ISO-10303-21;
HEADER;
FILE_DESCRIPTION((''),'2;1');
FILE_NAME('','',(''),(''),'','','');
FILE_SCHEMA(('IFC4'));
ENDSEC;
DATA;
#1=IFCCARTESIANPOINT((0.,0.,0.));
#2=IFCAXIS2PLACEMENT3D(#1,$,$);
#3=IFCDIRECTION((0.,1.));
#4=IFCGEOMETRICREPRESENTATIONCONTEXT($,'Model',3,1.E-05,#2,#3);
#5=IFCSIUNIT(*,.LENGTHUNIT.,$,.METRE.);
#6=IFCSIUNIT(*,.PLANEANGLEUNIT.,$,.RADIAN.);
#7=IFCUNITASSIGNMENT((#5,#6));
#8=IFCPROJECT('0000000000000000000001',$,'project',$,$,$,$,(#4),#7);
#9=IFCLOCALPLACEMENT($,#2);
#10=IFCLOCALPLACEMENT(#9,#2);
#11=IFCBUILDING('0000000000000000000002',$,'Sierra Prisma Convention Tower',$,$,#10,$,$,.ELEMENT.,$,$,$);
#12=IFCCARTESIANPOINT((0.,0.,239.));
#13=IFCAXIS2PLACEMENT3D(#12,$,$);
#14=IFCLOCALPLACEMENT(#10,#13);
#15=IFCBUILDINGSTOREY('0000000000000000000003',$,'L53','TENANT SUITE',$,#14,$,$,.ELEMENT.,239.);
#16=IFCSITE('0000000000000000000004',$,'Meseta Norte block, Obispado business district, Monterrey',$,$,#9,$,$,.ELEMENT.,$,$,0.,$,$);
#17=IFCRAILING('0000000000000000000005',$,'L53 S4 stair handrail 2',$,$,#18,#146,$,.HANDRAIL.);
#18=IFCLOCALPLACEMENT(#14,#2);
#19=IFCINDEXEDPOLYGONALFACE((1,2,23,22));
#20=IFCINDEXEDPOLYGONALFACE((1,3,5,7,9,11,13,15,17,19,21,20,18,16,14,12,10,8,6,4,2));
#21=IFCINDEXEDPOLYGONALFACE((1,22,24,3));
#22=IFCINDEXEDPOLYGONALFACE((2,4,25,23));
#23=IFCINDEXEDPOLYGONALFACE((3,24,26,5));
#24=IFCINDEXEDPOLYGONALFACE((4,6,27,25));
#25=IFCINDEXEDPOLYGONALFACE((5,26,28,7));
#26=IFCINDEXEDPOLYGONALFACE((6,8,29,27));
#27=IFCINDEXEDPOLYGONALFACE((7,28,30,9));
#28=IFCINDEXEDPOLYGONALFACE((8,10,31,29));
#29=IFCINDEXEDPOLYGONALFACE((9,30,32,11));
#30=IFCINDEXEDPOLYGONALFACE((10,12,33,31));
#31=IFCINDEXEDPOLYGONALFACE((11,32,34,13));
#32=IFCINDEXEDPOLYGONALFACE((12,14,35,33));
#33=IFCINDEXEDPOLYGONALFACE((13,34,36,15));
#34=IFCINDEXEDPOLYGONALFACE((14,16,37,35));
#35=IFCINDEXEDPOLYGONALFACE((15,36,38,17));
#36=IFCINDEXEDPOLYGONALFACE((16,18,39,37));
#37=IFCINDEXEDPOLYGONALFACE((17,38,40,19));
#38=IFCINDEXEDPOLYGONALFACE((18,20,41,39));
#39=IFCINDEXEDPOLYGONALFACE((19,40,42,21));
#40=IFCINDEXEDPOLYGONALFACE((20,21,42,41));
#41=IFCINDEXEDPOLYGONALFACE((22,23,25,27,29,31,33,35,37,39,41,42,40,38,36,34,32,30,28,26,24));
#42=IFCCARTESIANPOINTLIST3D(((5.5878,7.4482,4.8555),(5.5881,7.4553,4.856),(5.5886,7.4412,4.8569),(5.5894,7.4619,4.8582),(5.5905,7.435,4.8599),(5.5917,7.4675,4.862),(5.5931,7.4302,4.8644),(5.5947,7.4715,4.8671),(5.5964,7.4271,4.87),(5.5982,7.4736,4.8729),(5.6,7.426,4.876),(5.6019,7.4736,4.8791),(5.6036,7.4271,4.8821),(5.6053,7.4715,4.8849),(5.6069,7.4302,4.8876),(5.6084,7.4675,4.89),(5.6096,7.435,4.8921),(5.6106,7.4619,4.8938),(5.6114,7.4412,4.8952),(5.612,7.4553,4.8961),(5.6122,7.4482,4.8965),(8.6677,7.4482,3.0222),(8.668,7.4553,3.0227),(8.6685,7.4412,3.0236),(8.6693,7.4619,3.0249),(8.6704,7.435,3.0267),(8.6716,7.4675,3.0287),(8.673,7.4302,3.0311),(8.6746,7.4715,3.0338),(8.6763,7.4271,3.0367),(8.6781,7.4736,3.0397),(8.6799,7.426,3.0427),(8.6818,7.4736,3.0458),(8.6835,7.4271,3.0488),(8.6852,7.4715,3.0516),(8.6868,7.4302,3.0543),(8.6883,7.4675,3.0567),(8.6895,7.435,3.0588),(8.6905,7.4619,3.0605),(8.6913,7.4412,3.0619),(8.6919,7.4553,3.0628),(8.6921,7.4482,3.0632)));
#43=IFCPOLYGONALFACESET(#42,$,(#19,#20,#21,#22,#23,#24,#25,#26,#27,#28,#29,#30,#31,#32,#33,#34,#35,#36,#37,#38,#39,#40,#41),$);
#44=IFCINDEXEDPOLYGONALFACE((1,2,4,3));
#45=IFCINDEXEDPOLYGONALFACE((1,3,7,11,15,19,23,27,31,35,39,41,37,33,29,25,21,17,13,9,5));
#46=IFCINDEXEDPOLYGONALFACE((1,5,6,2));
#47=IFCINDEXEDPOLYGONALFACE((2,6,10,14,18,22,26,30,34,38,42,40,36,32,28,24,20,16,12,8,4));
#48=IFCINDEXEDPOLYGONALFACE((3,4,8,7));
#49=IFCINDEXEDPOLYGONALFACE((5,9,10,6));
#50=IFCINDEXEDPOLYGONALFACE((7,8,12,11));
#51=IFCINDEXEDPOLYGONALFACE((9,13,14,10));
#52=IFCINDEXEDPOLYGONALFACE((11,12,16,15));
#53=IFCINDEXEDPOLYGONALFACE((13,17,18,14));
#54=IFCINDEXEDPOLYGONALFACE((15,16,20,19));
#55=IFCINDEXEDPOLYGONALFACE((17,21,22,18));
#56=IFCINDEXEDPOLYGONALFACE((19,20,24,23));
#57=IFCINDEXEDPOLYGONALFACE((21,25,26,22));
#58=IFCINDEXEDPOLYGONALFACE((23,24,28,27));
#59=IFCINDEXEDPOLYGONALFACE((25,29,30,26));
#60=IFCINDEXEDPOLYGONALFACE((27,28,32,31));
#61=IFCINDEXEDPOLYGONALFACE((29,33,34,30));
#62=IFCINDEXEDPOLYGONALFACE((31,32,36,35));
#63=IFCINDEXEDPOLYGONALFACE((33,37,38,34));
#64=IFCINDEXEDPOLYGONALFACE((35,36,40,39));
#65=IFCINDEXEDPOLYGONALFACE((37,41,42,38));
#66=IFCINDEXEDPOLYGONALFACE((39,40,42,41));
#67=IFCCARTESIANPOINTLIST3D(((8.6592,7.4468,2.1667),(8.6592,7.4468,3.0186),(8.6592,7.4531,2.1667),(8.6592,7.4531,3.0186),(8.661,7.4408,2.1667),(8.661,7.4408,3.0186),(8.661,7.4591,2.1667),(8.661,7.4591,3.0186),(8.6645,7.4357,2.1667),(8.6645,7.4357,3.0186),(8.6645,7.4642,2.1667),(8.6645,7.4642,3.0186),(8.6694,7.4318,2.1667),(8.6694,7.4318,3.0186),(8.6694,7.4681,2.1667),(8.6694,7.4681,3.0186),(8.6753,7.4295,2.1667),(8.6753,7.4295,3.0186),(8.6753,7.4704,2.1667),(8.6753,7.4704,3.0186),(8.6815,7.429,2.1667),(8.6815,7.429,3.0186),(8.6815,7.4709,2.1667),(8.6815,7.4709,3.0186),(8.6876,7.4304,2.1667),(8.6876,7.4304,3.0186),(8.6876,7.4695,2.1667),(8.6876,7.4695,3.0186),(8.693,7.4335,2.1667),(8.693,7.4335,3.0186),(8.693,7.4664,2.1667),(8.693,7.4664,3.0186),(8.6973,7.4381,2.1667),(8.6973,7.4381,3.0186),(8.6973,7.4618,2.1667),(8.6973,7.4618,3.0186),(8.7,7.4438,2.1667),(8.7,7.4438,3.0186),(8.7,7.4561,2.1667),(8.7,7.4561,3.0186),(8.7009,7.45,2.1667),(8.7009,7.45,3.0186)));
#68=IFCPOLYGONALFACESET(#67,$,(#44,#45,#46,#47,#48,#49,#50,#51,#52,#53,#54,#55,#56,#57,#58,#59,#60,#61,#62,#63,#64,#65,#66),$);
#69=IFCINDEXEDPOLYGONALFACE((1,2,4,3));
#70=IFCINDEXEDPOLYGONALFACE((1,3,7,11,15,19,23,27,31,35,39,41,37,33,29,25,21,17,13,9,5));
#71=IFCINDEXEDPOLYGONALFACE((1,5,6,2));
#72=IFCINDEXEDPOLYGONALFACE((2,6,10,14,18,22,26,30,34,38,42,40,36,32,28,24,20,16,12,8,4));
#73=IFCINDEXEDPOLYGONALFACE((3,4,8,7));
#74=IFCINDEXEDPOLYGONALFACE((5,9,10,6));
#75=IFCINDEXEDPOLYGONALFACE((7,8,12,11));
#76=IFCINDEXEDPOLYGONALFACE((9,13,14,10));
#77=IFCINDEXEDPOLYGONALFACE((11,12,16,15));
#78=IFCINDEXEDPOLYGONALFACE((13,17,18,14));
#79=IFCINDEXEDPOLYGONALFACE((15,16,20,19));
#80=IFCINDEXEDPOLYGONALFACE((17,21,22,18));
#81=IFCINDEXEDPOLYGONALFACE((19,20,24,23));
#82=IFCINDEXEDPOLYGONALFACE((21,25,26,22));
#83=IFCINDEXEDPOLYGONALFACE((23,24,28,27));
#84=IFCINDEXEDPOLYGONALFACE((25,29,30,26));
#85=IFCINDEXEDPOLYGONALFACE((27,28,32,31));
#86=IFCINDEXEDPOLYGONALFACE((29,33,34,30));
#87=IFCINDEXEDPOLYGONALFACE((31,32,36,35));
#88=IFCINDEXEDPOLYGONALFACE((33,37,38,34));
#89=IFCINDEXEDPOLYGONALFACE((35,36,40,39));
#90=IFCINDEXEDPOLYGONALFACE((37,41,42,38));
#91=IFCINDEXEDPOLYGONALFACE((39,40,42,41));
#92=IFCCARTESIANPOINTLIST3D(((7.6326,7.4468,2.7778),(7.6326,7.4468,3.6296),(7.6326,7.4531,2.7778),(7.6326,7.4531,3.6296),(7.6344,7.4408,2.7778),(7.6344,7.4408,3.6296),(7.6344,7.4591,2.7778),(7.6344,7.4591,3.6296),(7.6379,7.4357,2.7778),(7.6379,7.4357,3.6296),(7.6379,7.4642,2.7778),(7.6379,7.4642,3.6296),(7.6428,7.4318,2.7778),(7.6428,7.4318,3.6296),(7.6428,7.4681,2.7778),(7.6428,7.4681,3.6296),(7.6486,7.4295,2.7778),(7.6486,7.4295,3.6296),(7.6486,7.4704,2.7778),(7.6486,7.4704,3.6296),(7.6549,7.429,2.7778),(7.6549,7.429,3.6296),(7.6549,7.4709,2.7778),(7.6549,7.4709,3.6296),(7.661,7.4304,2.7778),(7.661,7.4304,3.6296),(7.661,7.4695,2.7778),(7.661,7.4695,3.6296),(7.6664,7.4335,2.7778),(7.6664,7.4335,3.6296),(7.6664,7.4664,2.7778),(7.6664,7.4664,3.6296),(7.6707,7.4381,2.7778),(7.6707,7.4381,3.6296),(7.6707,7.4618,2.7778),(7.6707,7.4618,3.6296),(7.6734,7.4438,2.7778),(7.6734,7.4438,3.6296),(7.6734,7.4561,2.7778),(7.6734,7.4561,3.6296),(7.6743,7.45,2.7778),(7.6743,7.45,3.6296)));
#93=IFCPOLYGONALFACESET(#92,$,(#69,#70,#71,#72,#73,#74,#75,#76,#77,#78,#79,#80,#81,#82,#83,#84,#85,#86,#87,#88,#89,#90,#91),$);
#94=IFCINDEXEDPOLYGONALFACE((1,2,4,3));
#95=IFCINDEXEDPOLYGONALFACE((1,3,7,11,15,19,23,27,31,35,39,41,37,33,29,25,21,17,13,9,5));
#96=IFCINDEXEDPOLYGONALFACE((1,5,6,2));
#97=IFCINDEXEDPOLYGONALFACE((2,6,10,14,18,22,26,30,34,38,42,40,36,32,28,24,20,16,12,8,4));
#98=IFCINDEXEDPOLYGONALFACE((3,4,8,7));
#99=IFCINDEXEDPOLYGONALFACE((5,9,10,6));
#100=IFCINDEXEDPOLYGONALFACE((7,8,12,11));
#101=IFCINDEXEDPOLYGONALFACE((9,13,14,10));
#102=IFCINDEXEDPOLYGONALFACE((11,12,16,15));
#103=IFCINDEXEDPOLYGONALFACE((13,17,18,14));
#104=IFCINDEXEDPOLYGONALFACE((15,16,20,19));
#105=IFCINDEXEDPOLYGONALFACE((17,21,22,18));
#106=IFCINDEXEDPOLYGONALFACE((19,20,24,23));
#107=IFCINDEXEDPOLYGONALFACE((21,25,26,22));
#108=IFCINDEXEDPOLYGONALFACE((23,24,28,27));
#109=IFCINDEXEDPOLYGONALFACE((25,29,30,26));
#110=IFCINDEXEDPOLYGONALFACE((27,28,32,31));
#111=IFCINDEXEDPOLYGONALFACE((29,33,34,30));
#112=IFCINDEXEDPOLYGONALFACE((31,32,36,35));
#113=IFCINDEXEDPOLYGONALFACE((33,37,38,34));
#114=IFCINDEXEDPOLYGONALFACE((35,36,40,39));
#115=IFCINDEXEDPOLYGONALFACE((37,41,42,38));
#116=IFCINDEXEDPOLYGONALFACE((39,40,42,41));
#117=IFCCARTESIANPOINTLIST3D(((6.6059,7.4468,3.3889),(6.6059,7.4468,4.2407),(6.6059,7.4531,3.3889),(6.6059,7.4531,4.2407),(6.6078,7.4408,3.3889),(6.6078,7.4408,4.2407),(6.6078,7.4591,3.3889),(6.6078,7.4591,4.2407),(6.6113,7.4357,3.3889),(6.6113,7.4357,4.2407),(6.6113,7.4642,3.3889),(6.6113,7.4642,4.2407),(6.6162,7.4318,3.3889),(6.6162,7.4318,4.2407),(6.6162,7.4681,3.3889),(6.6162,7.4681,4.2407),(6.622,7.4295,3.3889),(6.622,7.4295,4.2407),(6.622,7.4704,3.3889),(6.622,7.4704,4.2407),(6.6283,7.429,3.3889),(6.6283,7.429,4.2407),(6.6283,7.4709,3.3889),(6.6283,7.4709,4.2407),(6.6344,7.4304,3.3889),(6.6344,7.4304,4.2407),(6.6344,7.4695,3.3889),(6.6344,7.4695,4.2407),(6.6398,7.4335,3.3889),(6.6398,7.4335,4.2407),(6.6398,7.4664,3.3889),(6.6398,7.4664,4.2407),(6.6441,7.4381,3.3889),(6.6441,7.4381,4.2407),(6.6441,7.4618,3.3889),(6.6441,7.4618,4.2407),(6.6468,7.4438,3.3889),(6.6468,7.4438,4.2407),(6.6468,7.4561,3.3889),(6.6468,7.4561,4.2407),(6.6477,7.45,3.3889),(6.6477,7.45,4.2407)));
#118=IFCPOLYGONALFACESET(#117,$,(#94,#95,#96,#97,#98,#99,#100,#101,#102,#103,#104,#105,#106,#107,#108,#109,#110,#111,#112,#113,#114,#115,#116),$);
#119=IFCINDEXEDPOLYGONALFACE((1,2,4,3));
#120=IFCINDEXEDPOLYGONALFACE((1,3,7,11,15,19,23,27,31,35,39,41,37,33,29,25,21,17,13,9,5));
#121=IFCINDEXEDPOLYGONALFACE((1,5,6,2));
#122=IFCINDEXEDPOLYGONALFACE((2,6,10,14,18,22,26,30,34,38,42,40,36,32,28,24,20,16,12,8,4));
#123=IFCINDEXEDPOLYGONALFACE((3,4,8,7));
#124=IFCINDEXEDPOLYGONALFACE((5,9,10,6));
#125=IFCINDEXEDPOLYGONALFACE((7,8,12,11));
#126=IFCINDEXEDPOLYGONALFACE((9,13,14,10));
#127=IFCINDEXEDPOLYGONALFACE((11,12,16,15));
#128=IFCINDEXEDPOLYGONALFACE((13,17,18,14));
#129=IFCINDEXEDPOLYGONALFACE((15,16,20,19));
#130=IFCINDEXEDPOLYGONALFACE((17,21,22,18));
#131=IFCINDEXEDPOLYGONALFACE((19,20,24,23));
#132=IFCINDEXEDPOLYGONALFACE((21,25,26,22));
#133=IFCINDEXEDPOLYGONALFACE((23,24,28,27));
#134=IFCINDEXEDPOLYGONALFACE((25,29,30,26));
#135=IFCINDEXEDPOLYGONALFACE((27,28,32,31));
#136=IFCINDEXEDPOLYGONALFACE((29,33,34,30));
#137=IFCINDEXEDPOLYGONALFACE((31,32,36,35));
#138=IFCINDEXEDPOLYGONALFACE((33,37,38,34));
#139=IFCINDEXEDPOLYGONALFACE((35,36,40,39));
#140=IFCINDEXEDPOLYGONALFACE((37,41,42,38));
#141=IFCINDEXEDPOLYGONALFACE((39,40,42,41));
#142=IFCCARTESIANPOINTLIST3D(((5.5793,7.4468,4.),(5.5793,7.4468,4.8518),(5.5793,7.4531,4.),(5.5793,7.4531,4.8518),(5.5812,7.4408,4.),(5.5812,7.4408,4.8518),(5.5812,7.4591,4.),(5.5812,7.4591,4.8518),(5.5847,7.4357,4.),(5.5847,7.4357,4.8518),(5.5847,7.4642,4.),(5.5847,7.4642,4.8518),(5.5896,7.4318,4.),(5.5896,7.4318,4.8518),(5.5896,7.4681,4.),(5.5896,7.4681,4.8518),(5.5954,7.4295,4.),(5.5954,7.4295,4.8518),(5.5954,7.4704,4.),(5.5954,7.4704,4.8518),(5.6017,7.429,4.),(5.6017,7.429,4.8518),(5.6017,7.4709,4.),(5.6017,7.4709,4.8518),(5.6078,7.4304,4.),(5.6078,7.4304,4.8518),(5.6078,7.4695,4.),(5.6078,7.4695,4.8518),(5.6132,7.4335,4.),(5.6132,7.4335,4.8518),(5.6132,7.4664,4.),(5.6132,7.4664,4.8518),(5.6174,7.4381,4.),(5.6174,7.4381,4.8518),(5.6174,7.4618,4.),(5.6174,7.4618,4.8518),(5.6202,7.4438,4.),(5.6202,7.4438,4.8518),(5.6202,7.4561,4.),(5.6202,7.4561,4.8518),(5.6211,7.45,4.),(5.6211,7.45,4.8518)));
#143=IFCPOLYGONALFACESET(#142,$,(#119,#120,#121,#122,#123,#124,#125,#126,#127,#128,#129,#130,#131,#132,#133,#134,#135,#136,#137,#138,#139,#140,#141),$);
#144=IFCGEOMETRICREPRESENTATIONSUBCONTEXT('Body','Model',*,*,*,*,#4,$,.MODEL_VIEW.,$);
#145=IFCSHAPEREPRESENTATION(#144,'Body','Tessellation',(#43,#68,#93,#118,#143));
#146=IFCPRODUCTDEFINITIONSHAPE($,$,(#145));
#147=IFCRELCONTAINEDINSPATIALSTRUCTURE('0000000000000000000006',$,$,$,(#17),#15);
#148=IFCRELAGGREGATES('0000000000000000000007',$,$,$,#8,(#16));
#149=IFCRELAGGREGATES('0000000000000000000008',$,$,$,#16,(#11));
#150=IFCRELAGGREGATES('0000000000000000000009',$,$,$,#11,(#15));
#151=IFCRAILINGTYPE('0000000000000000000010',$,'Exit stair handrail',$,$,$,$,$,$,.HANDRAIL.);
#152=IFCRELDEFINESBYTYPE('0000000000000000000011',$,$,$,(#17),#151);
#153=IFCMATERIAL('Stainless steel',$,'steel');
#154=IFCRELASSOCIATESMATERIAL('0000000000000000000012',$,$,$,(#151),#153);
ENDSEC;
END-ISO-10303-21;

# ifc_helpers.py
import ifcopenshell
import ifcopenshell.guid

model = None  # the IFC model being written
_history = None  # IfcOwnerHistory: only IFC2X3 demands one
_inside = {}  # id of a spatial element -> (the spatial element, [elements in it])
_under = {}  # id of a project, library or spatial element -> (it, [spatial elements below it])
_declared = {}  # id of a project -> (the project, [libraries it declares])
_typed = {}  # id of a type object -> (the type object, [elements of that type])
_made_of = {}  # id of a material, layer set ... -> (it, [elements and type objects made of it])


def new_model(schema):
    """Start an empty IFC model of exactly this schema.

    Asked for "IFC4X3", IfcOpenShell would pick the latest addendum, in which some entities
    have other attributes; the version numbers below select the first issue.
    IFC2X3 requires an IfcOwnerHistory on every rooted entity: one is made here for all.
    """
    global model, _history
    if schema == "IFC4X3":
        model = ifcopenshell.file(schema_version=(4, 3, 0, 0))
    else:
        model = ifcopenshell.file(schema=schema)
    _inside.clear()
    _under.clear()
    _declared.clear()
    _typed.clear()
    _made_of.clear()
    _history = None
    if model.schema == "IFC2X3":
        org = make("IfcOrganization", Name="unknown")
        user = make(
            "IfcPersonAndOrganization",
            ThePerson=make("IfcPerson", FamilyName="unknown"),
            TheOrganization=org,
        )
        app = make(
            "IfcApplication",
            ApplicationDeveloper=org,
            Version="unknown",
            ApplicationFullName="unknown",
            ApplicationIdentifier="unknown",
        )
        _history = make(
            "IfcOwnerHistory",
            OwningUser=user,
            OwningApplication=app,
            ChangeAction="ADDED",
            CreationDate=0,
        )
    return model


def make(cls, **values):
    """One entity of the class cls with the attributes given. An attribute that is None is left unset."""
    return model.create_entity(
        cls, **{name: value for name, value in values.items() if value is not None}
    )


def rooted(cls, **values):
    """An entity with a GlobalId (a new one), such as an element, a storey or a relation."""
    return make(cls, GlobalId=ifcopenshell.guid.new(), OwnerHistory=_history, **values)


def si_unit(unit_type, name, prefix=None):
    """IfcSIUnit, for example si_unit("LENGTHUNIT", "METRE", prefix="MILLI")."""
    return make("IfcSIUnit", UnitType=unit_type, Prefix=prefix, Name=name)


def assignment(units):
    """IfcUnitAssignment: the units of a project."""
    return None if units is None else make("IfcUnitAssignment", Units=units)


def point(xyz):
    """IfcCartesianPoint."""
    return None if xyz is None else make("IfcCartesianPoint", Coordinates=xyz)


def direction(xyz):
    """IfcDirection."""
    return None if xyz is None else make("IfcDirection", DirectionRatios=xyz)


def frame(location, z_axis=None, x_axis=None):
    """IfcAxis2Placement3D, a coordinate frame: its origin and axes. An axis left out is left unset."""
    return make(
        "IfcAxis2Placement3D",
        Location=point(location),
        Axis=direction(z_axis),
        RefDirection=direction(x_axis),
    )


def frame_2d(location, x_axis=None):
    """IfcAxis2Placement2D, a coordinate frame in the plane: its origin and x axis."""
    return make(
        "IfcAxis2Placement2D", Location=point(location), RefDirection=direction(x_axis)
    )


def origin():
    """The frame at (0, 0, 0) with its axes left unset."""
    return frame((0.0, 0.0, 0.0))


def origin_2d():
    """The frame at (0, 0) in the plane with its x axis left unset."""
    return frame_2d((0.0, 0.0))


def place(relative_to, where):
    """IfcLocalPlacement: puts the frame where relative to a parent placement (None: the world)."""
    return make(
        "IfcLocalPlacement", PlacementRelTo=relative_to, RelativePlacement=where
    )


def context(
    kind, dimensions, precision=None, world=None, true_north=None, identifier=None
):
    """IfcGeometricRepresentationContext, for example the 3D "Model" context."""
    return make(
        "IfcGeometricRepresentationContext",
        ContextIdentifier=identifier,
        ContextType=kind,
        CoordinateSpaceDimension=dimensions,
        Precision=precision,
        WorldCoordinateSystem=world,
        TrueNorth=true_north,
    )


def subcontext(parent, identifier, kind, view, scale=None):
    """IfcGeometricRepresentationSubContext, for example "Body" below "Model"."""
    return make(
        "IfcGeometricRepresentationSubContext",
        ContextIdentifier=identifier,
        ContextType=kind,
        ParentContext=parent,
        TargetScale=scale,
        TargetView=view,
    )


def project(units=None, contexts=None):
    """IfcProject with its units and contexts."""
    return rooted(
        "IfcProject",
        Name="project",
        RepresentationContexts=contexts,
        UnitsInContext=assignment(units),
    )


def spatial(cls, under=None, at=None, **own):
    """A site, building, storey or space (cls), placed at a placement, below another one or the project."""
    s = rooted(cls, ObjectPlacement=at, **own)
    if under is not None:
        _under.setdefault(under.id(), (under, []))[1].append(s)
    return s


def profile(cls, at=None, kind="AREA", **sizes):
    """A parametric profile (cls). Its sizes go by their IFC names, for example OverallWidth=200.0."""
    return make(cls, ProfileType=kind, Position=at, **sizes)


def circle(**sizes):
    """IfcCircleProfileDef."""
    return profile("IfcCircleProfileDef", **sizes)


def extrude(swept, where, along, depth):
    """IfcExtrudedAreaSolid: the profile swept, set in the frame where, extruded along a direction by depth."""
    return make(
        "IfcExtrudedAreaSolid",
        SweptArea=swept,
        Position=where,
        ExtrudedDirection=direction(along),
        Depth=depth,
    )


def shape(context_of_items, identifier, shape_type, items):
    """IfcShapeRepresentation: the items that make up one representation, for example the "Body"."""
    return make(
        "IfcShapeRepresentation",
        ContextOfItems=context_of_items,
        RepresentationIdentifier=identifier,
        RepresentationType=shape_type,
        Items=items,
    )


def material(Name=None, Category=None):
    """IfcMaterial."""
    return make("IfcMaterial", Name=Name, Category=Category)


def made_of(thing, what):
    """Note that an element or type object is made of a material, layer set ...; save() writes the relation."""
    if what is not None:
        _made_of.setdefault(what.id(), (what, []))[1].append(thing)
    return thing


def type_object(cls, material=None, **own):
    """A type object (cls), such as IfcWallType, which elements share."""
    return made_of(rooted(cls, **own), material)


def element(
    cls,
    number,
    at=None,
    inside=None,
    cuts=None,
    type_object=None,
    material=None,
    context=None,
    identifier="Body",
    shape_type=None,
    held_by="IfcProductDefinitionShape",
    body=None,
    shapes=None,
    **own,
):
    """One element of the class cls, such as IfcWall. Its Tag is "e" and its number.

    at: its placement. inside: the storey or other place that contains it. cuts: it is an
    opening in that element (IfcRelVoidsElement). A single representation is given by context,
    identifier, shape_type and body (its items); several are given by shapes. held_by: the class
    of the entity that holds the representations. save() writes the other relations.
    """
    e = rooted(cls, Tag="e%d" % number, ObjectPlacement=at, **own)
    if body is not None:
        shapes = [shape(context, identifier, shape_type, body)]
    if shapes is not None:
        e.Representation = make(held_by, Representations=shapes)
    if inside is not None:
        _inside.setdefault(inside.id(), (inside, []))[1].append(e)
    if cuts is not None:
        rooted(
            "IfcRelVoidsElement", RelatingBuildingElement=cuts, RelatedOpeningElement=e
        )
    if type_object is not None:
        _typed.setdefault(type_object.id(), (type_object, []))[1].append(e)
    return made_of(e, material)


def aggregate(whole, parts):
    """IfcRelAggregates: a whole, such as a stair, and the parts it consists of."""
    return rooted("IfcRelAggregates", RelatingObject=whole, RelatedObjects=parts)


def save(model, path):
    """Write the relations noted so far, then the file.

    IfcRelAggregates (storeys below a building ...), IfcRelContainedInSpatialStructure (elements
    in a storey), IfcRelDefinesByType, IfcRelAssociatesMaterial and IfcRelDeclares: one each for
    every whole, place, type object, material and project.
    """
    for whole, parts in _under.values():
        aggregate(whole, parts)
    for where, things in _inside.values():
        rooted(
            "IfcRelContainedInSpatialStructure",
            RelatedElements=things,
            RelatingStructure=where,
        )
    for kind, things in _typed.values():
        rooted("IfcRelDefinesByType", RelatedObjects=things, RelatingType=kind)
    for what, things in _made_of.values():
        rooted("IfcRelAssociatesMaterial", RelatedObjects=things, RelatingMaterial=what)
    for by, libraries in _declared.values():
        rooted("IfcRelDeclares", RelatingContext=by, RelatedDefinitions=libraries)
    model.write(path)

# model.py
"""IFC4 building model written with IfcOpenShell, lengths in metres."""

from ifc_helpers import new_model, si_unit, direction, frame, origin, origin_2d, place, context, subcontext, project, spatial, circle, extrude, material, type_object, element, save


model = new_model("IFC4")

# Units and contexts
model_context = context("Model", 3, precision=1e-05, world=origin(), true_north=direction((0.0, 1.0)))
body_context = subcontext(model_context, "Body", "Model", "MODEL_VIEW")
ifc_project = project(units=[si_unit("LENGTHUNIT", "METRE"), si_unit("PLANEANGLEUNIT", "RADIAN")], contexts=[model_context])

# Site, building, storey
site_placement = place(None, origin())
site = spatial("IfcSite", under=ifc_project, at=site_placement, Name="Meseta Norte block, Obispado business district, Monterrey", CompositionType="ELEMENT", RefElevation=0.0)
building_placement = place(site_placement, origin())
building = spatial("IfcBuilding", under=site, at=building_placement, Name="Sierra Prisma Convention Tower", CompositionType="ELEMENT")
storey_placement = place(building_placement, frame((0.0, 0.0, 239.0)))
storey = spatial("IfcBuildingStorey", under=building, at=storey_placement, Name="L53", Description="TENANT SUITE", CompositionType="ELEMENT", Elevation=239.0)

# Railing
ifc_material_1 = material(Name="Stainless steel", Category="steel")
railing_type_1 = type_object("IfcRailingType", Name="Exit stair handrail", PredefinedType="HANDRAIL", material=ifc_material_1)
railing_1_placement = place(storey_placement, frame((8.6799, 7.45, 2.1667)))
element("IfcRailing", 1, at=railing_1_placement, inside=storey, type_object=railing_type_1, Name="L53 S4 stair handrail 2", PredefinedType="HANDRAIL", context=body_context, shape_type="SweptSolid", body=[
    extrude(circle(Radius=0.0239, at=origin_2d()), frame((0.0, 0.0, 0.876), z_axis=(-0.859291, 0.0, 0.511487), x_axis=(0.0, -1.0, 0.0)), (0.0, 0.0, 1.0), 3.5842),
    extrude(circle(Radius=0.021, at=origin_2d()), origin(), (0.0, 0.0, 1.0), 0.8518),
    extrude(circle(Radius=0.021, at=origin_2d()), frame((-1.0266, 0.0, 0.6111)), (0.0, 0.0, 1.0), 0.8518),
    extrude(circle(Radius=0.021, at=origin_2d()), frame((-2.0532, 0.0, 1.2222)), (0.0, 0.0, 1.0), 0.8518),
    extrude(circle(Radius=0.021, at=origin_2d()), frame((-3.0798, 0.0, 1.8333)), (0.0, 0.0, 1.0), 0.8518),
])

save(model, "model.ifc")
